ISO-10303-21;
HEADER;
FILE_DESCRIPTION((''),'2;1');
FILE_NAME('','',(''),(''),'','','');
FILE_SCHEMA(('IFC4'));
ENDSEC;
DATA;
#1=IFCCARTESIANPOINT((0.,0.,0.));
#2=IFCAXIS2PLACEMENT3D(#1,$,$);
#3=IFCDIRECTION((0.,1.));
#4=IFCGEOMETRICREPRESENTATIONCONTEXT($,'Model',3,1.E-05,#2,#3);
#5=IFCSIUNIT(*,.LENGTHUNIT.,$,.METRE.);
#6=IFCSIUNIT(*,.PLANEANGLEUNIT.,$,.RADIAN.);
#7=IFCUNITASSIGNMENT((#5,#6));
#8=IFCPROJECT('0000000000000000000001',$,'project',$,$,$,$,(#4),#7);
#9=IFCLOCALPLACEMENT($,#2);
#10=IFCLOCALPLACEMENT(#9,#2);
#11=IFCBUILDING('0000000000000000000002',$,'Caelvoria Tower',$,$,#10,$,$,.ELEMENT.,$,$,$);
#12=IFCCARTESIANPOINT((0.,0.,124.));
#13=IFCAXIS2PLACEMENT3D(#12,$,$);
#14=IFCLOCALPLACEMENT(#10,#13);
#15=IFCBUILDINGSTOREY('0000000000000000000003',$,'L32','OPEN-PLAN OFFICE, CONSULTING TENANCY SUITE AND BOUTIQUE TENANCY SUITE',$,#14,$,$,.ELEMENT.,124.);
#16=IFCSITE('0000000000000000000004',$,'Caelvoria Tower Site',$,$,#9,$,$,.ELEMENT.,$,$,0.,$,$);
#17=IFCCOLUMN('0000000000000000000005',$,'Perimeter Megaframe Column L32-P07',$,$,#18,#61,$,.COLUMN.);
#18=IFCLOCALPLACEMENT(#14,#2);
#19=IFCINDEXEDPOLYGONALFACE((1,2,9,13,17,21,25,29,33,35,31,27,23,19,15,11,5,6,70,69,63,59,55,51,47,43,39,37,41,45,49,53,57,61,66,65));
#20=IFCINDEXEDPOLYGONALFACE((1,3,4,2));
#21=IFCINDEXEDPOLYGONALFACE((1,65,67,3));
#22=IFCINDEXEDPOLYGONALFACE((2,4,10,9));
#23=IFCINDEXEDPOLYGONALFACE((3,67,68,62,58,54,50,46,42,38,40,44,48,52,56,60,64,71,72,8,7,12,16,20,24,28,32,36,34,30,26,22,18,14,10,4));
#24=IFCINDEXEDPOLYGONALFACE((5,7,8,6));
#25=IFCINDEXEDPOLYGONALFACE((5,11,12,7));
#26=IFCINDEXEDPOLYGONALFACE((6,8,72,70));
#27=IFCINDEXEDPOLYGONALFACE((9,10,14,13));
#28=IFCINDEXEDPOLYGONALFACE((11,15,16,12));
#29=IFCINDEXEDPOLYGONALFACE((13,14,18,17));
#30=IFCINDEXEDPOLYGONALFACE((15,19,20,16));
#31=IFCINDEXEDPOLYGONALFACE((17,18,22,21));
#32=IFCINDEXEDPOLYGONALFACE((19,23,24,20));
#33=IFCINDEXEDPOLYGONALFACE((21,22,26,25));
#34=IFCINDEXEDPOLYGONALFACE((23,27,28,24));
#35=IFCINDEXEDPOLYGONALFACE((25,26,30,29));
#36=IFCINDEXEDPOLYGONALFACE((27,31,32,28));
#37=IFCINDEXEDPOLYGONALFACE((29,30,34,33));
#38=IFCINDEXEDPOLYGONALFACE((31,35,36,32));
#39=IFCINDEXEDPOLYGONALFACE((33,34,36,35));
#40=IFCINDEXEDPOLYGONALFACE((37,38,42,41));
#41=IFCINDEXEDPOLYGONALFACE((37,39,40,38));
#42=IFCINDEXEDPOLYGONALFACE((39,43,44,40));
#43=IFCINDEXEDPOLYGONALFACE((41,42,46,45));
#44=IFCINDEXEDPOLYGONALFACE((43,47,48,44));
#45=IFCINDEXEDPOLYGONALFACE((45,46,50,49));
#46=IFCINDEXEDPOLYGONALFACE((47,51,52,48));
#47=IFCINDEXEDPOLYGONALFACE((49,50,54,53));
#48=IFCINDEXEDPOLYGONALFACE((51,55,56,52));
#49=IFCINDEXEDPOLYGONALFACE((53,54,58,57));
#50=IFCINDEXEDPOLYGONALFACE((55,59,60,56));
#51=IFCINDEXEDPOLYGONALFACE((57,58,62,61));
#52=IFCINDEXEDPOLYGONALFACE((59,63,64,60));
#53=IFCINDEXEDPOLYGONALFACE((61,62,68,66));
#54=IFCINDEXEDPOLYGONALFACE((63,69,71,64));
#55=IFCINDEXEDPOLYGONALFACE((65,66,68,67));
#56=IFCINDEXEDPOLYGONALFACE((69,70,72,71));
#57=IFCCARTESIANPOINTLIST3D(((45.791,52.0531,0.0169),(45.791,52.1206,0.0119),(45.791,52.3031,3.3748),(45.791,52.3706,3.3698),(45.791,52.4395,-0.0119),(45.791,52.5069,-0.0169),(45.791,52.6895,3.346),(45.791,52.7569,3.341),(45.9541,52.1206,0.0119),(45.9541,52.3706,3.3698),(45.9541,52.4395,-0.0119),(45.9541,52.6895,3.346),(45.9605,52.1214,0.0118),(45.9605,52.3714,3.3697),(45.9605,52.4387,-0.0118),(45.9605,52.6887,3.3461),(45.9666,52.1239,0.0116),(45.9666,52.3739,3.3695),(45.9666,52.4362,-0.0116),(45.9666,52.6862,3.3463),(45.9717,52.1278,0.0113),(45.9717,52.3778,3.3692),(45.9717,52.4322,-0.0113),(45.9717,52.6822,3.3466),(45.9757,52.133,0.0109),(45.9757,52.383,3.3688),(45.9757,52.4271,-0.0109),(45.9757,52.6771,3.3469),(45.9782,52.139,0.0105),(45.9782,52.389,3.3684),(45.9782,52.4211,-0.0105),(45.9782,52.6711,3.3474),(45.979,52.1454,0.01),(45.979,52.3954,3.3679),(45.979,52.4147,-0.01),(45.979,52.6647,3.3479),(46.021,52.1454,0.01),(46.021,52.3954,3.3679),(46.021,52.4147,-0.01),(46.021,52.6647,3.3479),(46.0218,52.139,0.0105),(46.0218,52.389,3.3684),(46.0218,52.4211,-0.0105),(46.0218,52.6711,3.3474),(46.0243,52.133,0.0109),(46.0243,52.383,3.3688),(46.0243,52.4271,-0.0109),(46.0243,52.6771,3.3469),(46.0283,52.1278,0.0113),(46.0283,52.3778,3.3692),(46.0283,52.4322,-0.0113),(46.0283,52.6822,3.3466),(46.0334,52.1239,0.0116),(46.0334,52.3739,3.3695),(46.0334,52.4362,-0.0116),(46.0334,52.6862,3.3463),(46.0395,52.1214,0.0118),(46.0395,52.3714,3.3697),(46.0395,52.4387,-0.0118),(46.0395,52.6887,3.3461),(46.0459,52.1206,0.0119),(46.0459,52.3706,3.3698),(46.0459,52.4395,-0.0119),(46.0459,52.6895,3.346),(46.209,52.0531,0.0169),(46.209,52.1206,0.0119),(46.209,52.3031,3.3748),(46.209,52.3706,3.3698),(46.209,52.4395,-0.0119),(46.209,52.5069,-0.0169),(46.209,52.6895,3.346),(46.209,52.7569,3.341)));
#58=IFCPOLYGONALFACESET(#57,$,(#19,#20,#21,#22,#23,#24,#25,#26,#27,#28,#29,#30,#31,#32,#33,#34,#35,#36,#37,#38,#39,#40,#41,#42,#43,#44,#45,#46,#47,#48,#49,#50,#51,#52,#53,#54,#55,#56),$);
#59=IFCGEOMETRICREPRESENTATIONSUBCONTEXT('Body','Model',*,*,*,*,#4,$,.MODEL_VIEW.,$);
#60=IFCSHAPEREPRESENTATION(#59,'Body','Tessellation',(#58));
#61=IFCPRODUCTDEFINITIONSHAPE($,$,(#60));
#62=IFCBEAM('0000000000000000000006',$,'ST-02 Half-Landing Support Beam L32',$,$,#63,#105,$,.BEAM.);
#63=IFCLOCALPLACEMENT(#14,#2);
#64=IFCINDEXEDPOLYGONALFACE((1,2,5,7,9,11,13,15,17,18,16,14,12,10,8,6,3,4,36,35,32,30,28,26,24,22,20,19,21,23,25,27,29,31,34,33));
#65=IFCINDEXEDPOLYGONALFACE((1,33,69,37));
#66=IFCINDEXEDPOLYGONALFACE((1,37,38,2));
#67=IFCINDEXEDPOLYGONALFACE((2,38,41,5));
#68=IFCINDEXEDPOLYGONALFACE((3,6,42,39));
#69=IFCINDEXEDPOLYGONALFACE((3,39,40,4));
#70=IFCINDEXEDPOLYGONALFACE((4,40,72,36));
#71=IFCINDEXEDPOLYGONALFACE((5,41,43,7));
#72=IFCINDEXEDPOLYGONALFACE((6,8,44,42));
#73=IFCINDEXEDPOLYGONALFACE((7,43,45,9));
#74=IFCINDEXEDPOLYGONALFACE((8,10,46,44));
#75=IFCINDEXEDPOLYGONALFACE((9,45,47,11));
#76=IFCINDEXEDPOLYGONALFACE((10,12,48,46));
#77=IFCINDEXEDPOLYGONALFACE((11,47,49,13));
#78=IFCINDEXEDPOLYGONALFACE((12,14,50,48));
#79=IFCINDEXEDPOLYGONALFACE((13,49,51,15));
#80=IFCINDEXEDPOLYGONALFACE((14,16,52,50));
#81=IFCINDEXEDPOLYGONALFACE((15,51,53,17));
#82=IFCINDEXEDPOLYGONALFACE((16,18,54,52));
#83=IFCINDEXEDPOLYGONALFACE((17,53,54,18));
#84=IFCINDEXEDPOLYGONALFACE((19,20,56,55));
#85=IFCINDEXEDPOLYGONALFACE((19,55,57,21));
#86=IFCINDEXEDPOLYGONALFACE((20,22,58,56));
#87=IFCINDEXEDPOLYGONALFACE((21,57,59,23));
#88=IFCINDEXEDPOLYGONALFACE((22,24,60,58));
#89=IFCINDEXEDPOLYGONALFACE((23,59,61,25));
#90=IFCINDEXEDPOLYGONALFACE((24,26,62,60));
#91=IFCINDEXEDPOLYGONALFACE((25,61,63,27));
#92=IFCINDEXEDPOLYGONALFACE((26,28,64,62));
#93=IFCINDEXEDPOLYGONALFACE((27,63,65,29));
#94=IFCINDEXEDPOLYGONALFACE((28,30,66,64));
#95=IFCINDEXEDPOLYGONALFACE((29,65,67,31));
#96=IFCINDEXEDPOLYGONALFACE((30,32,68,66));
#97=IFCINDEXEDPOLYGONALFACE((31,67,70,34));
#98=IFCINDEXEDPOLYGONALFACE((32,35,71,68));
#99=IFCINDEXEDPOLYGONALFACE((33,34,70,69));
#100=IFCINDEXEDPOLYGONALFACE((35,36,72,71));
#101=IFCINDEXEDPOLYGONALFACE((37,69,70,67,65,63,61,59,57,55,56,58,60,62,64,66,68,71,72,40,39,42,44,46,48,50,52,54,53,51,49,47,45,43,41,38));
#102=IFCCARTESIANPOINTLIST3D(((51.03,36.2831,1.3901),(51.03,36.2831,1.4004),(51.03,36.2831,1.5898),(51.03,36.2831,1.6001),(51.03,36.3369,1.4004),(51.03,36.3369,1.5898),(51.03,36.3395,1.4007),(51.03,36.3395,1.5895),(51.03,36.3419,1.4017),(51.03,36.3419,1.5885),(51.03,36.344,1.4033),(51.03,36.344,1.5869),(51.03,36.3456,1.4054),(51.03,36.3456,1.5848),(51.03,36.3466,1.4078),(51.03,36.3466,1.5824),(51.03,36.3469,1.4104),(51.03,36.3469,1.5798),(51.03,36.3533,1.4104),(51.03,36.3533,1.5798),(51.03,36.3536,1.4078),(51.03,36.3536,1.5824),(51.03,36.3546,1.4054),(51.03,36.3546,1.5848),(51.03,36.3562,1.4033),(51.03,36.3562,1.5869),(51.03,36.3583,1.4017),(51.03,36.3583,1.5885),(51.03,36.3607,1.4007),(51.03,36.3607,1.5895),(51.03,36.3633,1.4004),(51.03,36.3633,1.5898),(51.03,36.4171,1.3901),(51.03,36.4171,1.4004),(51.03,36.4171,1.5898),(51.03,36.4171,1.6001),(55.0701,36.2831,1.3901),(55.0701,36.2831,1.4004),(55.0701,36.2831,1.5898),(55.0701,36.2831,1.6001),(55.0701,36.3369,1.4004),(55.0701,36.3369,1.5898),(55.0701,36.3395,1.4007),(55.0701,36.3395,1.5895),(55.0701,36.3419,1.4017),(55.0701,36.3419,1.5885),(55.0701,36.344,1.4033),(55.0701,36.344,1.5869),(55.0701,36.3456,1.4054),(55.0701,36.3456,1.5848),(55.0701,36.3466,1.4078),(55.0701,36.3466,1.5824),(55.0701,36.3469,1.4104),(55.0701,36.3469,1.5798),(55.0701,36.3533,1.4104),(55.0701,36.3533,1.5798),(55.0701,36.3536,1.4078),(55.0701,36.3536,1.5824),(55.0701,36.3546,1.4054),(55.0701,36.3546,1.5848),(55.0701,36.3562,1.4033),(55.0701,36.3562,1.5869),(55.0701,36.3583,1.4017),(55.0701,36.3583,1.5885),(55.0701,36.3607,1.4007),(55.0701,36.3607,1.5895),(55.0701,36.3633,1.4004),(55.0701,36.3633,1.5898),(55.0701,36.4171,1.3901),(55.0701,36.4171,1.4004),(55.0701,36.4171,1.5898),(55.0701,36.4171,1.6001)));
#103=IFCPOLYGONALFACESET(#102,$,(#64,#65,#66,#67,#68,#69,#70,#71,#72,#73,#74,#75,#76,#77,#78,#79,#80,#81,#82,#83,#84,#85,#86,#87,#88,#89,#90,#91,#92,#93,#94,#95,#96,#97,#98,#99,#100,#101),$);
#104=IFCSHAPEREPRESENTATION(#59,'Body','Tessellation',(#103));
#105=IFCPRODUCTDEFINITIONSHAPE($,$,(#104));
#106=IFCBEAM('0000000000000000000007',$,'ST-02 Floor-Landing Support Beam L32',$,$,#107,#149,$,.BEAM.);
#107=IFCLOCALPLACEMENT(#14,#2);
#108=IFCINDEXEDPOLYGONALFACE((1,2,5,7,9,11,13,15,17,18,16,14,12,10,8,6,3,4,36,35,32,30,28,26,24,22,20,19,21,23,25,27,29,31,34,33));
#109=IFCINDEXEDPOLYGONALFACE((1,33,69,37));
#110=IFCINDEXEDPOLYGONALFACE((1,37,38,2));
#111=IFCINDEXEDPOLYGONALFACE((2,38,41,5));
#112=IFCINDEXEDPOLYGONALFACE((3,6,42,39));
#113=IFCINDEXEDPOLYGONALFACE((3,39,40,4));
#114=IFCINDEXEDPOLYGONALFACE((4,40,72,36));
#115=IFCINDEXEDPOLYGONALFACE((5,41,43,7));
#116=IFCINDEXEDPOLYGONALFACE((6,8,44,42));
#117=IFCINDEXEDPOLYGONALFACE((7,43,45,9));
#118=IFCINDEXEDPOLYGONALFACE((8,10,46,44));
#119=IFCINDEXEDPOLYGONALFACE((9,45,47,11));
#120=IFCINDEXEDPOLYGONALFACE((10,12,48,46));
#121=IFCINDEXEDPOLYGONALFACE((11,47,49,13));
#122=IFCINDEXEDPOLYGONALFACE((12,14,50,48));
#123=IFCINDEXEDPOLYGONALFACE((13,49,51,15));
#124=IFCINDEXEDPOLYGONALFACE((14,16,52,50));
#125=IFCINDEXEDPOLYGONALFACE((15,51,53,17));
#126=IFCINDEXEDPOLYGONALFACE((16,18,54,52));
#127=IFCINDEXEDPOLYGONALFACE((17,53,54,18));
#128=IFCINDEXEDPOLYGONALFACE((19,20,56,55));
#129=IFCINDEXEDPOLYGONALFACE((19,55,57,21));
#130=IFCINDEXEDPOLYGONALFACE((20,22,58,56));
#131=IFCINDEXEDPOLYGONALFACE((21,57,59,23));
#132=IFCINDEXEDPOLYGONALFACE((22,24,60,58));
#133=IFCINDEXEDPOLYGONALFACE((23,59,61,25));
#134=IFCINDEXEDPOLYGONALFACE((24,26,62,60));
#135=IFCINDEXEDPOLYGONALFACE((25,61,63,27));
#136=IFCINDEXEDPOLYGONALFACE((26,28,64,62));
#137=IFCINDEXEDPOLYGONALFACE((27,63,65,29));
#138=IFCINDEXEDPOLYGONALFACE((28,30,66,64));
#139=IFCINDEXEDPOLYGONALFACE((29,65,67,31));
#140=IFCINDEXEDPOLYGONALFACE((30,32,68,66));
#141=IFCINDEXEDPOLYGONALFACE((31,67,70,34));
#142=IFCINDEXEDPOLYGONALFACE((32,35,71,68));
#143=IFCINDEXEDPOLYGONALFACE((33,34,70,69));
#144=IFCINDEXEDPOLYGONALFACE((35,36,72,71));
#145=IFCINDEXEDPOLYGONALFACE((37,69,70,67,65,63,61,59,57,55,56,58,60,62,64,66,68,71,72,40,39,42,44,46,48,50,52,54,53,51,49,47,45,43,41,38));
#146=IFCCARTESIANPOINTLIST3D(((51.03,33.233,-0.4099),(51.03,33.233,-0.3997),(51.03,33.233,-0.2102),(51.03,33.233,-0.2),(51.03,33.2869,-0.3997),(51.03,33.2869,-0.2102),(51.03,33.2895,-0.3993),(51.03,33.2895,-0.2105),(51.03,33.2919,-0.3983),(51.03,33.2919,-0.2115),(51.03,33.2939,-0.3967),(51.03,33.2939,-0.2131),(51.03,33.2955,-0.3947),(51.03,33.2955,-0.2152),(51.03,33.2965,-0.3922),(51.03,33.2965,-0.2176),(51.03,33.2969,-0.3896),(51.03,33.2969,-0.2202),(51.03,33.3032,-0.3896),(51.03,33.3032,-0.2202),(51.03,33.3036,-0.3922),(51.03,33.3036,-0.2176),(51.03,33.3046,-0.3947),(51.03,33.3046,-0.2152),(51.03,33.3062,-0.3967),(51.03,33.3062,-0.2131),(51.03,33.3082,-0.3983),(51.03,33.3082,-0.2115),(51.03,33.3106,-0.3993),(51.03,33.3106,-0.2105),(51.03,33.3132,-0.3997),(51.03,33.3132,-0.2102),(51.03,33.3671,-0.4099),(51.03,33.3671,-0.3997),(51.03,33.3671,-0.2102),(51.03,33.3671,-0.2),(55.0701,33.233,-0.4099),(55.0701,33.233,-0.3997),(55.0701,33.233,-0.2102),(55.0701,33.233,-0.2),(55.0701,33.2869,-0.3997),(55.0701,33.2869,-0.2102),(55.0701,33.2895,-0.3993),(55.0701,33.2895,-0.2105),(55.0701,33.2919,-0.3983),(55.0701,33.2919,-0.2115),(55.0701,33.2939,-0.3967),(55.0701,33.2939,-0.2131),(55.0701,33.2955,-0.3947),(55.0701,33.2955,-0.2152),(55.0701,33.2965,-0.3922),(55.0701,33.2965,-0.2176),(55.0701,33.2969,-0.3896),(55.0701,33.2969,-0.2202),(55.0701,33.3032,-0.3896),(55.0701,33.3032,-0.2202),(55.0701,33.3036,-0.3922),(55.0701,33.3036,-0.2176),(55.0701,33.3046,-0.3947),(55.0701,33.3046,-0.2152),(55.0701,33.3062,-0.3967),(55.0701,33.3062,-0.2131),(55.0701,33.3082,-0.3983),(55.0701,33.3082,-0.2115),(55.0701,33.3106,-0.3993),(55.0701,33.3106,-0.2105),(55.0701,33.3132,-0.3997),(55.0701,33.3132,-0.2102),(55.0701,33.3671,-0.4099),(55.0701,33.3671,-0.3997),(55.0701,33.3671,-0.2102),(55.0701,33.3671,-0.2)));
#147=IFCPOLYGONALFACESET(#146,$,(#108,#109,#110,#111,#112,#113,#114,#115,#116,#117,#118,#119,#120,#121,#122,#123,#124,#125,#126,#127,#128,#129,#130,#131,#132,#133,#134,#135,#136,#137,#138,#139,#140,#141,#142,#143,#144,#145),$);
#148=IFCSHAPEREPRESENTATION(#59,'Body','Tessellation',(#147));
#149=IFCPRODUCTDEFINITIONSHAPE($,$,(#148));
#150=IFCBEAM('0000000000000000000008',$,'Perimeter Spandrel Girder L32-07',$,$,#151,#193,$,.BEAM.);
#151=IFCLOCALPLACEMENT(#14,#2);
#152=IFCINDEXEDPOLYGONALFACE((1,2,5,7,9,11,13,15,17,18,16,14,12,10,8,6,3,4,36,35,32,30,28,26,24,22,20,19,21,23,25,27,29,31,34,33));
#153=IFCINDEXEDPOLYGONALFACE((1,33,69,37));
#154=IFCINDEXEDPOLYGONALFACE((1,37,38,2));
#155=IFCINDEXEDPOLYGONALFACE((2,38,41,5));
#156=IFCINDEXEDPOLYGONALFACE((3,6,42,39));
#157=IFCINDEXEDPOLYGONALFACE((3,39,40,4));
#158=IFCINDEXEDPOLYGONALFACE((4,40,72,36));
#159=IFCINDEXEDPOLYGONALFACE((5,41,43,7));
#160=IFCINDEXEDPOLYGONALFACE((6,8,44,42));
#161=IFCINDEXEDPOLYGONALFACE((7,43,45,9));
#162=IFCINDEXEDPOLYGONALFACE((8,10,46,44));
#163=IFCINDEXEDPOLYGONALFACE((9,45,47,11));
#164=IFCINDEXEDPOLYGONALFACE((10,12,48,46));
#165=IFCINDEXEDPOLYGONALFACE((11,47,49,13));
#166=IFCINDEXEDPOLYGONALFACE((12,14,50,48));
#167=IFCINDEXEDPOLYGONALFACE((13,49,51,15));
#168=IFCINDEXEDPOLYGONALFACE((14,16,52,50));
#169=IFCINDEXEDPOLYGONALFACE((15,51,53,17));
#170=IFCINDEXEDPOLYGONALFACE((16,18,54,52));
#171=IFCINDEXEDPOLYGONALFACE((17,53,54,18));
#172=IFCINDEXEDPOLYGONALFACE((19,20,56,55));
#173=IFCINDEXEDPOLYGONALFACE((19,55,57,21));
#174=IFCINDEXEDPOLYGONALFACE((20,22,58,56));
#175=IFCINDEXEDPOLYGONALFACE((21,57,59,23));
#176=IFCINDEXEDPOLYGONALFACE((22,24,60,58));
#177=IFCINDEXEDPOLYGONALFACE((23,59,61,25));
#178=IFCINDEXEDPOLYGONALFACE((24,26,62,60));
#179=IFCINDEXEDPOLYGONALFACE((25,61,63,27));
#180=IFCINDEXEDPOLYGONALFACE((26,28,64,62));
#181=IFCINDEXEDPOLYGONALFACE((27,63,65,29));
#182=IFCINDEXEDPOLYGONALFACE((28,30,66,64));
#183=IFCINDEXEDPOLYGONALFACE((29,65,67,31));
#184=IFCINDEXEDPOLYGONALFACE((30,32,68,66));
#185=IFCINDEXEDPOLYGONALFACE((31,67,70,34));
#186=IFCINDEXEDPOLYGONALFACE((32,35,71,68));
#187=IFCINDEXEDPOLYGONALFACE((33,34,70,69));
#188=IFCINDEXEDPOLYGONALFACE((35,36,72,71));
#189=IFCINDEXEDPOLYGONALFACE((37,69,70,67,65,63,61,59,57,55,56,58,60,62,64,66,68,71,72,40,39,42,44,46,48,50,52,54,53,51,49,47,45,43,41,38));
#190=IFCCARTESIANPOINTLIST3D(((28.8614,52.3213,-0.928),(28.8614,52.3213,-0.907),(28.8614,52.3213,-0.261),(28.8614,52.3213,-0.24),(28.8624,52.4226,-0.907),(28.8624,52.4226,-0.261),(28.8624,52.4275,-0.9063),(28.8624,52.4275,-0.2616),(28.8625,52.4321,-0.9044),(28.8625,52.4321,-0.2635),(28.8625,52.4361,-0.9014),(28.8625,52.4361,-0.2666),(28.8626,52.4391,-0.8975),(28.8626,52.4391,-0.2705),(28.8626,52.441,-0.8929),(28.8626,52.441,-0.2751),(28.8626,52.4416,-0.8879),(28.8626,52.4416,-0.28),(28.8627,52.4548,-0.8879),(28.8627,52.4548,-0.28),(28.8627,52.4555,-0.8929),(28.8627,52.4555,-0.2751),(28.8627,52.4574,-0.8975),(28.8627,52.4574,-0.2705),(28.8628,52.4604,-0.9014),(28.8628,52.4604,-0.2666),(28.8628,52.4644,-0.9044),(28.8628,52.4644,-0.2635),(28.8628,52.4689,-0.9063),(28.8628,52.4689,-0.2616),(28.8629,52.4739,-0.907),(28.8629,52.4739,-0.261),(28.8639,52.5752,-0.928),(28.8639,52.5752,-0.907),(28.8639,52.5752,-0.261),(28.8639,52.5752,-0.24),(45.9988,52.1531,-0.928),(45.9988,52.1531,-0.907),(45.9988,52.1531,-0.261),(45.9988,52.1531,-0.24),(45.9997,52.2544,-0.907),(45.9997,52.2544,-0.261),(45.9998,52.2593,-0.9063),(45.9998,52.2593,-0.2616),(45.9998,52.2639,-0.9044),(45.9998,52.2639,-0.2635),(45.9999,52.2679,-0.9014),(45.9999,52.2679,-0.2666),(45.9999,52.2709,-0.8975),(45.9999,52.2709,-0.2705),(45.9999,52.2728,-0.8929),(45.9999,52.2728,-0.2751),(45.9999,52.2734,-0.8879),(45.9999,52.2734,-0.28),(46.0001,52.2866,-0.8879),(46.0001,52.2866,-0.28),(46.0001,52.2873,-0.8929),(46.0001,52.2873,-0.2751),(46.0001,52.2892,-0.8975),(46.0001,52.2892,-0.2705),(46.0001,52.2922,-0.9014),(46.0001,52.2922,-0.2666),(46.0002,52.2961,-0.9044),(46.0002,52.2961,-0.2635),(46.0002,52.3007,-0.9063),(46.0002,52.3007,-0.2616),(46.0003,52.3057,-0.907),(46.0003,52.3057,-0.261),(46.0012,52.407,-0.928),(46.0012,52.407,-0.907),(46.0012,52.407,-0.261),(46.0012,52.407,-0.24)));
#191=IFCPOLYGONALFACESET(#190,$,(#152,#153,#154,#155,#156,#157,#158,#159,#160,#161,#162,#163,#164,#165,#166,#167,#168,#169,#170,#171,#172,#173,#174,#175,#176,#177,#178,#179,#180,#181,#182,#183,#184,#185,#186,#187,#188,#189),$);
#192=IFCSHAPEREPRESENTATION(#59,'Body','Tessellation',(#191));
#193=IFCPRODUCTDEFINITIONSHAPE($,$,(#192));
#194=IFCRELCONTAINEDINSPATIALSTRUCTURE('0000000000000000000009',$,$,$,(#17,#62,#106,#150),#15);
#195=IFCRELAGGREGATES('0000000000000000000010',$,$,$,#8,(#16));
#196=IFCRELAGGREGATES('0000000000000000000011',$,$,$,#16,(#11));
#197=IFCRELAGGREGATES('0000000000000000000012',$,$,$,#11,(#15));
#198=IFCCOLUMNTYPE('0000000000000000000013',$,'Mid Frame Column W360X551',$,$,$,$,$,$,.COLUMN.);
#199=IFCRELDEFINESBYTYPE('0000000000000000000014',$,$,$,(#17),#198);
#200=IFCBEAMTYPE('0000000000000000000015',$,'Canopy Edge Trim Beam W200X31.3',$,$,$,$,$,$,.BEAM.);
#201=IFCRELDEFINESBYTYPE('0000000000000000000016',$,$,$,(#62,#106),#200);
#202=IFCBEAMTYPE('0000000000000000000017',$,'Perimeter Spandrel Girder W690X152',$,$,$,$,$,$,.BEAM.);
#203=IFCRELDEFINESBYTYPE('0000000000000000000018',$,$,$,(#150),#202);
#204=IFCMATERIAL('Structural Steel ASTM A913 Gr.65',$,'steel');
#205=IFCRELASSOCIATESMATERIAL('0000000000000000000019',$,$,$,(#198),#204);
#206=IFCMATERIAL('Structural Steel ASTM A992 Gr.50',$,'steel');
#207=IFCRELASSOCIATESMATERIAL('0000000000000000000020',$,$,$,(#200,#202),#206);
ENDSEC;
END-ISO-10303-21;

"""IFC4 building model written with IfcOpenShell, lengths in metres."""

from ifc_helpers import new_model, si_unit, direction, frame, origin, origin_2d, place, context, subcontext, project, spatial, i_section, extrude, material, material_profile, profile_set, type_object, element, save


model = new_model("IFC4")

# Units and contexts
model_context = context("Model", 3, precision=1e-05, world=origin(), true_north=direction((0.0, 1.0)))
body_context = subcontext(model_context, "Body", "Model", "MODEL_VIEW")
ifc_project = project(units=[si_unit("LENGTHUNIT", "METRE"), si_unit("PLANEANGLEUNIT", "RADIAN")], contexts=[model_context])

# Site, building, storey
site_placement = place(None, origin())
site = spatial("IfcSite", under=ifc_project, at=site_placement, Name="Caelvoria Tower Site", CompositionType="ELEMENT", RefElevation=0.0)
building_placement = place(site_placement, origin())
building = spatial("IfcBuilding", under=site, at=building_placement, Name="Caelvoria Tower", CompositionType="ELEMENT")
storey_placement = place(building_placement, frame((0.0, 0.0, 124.0)))
storey = spatial("IfcBuildingStorey", under=building, at=storey_placement, Name="L32", Description="OPEN-PLAN OFFICE, CONSULTING TENANCY SUITE AND BOUTIQUE TENANCY SUITE", CompositionType="ELEMENT", Elevation=124.0)

# Column
ifc_material_1 = material(Name="Structural Steel ASTM A913 Gr.65", Category="steel")
ifc_material_profile_1 = material_profile(ifc_material_1, i_section(OverallWidth=0.418, OverallDepth=0.4551, WebThickness=0.042, FlangeThickness=0.0676, FilletRadius=0.0249, at=origin_2d()), Name="Structural Steel ASTM A913 Gr.65")
ifc_profile_set_1 = profile_set([ifc_material_profile_1], Name="W360X551 - Structural Steel ASTM A913 Gr.65")
column_type = type_object("IfcColumnType", Name="Mid Frame Column W360X551", PredefinedType="COLUMN", material=ifc_profile_set_1)
column_placement = place(storey_placement, frame((46.0, 52.28, 0.0), z_axis=(0.0, 0.074246, 0.99724), x_axis=(-1.0, 0.0, 0.0)))
element("IfcColumn", 1, at=column_placement, inside=storey, type_object=column_type, Name="Perimeter Megaframe Column L32-P07", PredefinedType="COLUMN", context=body_context, shape_type="SweptSolid", body=[
    extrude(i_section(OverallWidth=0.418, OverallDepth=0.4551, WebThickness=0.042, FlangeThickness=0.0676, FilletRadius=0.0249, at=origin_2d()), origin(), (0.0, 0.0, 1.0), 3.3672),
])

# Beams
ifc_material_2 = material(Name="Structural Steel ASTM A992 Gr.50", Category="steel")
ifc_material_profile_2 = material_profile(ifc_material_2, i_section(OverallWidth=0.134, OverallDepth=0.21, WebThickness=0.0063, FlangeThickness=0.0103, FilletRadius=0.01, at=origin_2d()), Name="Structural Steel ASTM A992 Gr.50")
ifc_profile_set_2 = profile_set([ifc_material_profile_2], Name="W200X31.3 - Structural Steel ASTM A992 Gr.50")
beam_type_1 = type_object("IfcBeamType", Name="Canopy Edge Trim Beam W200X31.3", PredefinedType="BEAM", material=ifc_profile_set_2)
for number, where, z_axis, x_axis, name in (
    (2, (51.03, 36.3501, 1.4951), (1.0, 0.0, 0.0), (0.0, 1.0, 0.0), "ST-02 Half-Landing Support Beam L32"),
    (3, (51.03, 33.3, -0.3049), (1.0, 0.0, 0.0), (0.0, 1.0, 0.0), "ST-02 Floor-Landing Support Beam L32"),
):
    element("IfcBeam", number, at=place(storey_placement, frame(where, z_axis=z_axis, x_axis=x_axis)), inside=storey, type_object=beam_type_1, Name=name, PredefinedType="BEAM", context=body_context, shape_type="SweptSolid", body=[
        extrude(i_section(OverallWidth=0.134, OverallDepth=0.21, WebThickness=0.0063, FlangeThickness=0.0103, FilletRadius=0.01, at=origin_2d()), origin(), (0.0, 0.0, 1.0), 4.04),
    ])
ifc_material_profile_3 = material_profile(ifc_material_2, i_section(OverallWidth=0.2539, OverallDepth=0.688, WebThickness=0.0132, FlangeThickness=0.021, FilletRadius=0.019, at=origin_2d()), Name="Structural Steel ASTM A992 Gr.50")
ifc_profile_set_3 = profile_set([ifc_material_profile_3], Name="W690X152 - Structural Steel ASTM A992 Gr.50")
beam_type_2 = type_object("IfcBeamType", Name="Perimeter Spandrel Girder W690X152", PredefinedType="BEAM", material=ifc_profile_set_3)
beam_1_placement = place(storey_placement, frame((46.0, 52.28, -0.584), z_axis=(-0.999952, 0.009815, 0.0), x_axis=(-0.009815, -0.999952, 0.0)))
element("IfcBeam", 4, at=beam_1_placement, inside=storey, type_object=beam_type_2, Name="Perimeter Spandrel Girder L32-07", PredefinedType="BEAM", context=body_context, shape_type="SweptSolid", body=[
    extrude(i_section(OverallWidth=0.2539, OverallDepth=0.688, WebThickness=0.0132, FlangeThickness=0.021, FilletRadius=0.019, at=origin_2d()), origin(), (0.0, 0.0, 1.0), 17.1382),
])

save(model, "model.ifc")
